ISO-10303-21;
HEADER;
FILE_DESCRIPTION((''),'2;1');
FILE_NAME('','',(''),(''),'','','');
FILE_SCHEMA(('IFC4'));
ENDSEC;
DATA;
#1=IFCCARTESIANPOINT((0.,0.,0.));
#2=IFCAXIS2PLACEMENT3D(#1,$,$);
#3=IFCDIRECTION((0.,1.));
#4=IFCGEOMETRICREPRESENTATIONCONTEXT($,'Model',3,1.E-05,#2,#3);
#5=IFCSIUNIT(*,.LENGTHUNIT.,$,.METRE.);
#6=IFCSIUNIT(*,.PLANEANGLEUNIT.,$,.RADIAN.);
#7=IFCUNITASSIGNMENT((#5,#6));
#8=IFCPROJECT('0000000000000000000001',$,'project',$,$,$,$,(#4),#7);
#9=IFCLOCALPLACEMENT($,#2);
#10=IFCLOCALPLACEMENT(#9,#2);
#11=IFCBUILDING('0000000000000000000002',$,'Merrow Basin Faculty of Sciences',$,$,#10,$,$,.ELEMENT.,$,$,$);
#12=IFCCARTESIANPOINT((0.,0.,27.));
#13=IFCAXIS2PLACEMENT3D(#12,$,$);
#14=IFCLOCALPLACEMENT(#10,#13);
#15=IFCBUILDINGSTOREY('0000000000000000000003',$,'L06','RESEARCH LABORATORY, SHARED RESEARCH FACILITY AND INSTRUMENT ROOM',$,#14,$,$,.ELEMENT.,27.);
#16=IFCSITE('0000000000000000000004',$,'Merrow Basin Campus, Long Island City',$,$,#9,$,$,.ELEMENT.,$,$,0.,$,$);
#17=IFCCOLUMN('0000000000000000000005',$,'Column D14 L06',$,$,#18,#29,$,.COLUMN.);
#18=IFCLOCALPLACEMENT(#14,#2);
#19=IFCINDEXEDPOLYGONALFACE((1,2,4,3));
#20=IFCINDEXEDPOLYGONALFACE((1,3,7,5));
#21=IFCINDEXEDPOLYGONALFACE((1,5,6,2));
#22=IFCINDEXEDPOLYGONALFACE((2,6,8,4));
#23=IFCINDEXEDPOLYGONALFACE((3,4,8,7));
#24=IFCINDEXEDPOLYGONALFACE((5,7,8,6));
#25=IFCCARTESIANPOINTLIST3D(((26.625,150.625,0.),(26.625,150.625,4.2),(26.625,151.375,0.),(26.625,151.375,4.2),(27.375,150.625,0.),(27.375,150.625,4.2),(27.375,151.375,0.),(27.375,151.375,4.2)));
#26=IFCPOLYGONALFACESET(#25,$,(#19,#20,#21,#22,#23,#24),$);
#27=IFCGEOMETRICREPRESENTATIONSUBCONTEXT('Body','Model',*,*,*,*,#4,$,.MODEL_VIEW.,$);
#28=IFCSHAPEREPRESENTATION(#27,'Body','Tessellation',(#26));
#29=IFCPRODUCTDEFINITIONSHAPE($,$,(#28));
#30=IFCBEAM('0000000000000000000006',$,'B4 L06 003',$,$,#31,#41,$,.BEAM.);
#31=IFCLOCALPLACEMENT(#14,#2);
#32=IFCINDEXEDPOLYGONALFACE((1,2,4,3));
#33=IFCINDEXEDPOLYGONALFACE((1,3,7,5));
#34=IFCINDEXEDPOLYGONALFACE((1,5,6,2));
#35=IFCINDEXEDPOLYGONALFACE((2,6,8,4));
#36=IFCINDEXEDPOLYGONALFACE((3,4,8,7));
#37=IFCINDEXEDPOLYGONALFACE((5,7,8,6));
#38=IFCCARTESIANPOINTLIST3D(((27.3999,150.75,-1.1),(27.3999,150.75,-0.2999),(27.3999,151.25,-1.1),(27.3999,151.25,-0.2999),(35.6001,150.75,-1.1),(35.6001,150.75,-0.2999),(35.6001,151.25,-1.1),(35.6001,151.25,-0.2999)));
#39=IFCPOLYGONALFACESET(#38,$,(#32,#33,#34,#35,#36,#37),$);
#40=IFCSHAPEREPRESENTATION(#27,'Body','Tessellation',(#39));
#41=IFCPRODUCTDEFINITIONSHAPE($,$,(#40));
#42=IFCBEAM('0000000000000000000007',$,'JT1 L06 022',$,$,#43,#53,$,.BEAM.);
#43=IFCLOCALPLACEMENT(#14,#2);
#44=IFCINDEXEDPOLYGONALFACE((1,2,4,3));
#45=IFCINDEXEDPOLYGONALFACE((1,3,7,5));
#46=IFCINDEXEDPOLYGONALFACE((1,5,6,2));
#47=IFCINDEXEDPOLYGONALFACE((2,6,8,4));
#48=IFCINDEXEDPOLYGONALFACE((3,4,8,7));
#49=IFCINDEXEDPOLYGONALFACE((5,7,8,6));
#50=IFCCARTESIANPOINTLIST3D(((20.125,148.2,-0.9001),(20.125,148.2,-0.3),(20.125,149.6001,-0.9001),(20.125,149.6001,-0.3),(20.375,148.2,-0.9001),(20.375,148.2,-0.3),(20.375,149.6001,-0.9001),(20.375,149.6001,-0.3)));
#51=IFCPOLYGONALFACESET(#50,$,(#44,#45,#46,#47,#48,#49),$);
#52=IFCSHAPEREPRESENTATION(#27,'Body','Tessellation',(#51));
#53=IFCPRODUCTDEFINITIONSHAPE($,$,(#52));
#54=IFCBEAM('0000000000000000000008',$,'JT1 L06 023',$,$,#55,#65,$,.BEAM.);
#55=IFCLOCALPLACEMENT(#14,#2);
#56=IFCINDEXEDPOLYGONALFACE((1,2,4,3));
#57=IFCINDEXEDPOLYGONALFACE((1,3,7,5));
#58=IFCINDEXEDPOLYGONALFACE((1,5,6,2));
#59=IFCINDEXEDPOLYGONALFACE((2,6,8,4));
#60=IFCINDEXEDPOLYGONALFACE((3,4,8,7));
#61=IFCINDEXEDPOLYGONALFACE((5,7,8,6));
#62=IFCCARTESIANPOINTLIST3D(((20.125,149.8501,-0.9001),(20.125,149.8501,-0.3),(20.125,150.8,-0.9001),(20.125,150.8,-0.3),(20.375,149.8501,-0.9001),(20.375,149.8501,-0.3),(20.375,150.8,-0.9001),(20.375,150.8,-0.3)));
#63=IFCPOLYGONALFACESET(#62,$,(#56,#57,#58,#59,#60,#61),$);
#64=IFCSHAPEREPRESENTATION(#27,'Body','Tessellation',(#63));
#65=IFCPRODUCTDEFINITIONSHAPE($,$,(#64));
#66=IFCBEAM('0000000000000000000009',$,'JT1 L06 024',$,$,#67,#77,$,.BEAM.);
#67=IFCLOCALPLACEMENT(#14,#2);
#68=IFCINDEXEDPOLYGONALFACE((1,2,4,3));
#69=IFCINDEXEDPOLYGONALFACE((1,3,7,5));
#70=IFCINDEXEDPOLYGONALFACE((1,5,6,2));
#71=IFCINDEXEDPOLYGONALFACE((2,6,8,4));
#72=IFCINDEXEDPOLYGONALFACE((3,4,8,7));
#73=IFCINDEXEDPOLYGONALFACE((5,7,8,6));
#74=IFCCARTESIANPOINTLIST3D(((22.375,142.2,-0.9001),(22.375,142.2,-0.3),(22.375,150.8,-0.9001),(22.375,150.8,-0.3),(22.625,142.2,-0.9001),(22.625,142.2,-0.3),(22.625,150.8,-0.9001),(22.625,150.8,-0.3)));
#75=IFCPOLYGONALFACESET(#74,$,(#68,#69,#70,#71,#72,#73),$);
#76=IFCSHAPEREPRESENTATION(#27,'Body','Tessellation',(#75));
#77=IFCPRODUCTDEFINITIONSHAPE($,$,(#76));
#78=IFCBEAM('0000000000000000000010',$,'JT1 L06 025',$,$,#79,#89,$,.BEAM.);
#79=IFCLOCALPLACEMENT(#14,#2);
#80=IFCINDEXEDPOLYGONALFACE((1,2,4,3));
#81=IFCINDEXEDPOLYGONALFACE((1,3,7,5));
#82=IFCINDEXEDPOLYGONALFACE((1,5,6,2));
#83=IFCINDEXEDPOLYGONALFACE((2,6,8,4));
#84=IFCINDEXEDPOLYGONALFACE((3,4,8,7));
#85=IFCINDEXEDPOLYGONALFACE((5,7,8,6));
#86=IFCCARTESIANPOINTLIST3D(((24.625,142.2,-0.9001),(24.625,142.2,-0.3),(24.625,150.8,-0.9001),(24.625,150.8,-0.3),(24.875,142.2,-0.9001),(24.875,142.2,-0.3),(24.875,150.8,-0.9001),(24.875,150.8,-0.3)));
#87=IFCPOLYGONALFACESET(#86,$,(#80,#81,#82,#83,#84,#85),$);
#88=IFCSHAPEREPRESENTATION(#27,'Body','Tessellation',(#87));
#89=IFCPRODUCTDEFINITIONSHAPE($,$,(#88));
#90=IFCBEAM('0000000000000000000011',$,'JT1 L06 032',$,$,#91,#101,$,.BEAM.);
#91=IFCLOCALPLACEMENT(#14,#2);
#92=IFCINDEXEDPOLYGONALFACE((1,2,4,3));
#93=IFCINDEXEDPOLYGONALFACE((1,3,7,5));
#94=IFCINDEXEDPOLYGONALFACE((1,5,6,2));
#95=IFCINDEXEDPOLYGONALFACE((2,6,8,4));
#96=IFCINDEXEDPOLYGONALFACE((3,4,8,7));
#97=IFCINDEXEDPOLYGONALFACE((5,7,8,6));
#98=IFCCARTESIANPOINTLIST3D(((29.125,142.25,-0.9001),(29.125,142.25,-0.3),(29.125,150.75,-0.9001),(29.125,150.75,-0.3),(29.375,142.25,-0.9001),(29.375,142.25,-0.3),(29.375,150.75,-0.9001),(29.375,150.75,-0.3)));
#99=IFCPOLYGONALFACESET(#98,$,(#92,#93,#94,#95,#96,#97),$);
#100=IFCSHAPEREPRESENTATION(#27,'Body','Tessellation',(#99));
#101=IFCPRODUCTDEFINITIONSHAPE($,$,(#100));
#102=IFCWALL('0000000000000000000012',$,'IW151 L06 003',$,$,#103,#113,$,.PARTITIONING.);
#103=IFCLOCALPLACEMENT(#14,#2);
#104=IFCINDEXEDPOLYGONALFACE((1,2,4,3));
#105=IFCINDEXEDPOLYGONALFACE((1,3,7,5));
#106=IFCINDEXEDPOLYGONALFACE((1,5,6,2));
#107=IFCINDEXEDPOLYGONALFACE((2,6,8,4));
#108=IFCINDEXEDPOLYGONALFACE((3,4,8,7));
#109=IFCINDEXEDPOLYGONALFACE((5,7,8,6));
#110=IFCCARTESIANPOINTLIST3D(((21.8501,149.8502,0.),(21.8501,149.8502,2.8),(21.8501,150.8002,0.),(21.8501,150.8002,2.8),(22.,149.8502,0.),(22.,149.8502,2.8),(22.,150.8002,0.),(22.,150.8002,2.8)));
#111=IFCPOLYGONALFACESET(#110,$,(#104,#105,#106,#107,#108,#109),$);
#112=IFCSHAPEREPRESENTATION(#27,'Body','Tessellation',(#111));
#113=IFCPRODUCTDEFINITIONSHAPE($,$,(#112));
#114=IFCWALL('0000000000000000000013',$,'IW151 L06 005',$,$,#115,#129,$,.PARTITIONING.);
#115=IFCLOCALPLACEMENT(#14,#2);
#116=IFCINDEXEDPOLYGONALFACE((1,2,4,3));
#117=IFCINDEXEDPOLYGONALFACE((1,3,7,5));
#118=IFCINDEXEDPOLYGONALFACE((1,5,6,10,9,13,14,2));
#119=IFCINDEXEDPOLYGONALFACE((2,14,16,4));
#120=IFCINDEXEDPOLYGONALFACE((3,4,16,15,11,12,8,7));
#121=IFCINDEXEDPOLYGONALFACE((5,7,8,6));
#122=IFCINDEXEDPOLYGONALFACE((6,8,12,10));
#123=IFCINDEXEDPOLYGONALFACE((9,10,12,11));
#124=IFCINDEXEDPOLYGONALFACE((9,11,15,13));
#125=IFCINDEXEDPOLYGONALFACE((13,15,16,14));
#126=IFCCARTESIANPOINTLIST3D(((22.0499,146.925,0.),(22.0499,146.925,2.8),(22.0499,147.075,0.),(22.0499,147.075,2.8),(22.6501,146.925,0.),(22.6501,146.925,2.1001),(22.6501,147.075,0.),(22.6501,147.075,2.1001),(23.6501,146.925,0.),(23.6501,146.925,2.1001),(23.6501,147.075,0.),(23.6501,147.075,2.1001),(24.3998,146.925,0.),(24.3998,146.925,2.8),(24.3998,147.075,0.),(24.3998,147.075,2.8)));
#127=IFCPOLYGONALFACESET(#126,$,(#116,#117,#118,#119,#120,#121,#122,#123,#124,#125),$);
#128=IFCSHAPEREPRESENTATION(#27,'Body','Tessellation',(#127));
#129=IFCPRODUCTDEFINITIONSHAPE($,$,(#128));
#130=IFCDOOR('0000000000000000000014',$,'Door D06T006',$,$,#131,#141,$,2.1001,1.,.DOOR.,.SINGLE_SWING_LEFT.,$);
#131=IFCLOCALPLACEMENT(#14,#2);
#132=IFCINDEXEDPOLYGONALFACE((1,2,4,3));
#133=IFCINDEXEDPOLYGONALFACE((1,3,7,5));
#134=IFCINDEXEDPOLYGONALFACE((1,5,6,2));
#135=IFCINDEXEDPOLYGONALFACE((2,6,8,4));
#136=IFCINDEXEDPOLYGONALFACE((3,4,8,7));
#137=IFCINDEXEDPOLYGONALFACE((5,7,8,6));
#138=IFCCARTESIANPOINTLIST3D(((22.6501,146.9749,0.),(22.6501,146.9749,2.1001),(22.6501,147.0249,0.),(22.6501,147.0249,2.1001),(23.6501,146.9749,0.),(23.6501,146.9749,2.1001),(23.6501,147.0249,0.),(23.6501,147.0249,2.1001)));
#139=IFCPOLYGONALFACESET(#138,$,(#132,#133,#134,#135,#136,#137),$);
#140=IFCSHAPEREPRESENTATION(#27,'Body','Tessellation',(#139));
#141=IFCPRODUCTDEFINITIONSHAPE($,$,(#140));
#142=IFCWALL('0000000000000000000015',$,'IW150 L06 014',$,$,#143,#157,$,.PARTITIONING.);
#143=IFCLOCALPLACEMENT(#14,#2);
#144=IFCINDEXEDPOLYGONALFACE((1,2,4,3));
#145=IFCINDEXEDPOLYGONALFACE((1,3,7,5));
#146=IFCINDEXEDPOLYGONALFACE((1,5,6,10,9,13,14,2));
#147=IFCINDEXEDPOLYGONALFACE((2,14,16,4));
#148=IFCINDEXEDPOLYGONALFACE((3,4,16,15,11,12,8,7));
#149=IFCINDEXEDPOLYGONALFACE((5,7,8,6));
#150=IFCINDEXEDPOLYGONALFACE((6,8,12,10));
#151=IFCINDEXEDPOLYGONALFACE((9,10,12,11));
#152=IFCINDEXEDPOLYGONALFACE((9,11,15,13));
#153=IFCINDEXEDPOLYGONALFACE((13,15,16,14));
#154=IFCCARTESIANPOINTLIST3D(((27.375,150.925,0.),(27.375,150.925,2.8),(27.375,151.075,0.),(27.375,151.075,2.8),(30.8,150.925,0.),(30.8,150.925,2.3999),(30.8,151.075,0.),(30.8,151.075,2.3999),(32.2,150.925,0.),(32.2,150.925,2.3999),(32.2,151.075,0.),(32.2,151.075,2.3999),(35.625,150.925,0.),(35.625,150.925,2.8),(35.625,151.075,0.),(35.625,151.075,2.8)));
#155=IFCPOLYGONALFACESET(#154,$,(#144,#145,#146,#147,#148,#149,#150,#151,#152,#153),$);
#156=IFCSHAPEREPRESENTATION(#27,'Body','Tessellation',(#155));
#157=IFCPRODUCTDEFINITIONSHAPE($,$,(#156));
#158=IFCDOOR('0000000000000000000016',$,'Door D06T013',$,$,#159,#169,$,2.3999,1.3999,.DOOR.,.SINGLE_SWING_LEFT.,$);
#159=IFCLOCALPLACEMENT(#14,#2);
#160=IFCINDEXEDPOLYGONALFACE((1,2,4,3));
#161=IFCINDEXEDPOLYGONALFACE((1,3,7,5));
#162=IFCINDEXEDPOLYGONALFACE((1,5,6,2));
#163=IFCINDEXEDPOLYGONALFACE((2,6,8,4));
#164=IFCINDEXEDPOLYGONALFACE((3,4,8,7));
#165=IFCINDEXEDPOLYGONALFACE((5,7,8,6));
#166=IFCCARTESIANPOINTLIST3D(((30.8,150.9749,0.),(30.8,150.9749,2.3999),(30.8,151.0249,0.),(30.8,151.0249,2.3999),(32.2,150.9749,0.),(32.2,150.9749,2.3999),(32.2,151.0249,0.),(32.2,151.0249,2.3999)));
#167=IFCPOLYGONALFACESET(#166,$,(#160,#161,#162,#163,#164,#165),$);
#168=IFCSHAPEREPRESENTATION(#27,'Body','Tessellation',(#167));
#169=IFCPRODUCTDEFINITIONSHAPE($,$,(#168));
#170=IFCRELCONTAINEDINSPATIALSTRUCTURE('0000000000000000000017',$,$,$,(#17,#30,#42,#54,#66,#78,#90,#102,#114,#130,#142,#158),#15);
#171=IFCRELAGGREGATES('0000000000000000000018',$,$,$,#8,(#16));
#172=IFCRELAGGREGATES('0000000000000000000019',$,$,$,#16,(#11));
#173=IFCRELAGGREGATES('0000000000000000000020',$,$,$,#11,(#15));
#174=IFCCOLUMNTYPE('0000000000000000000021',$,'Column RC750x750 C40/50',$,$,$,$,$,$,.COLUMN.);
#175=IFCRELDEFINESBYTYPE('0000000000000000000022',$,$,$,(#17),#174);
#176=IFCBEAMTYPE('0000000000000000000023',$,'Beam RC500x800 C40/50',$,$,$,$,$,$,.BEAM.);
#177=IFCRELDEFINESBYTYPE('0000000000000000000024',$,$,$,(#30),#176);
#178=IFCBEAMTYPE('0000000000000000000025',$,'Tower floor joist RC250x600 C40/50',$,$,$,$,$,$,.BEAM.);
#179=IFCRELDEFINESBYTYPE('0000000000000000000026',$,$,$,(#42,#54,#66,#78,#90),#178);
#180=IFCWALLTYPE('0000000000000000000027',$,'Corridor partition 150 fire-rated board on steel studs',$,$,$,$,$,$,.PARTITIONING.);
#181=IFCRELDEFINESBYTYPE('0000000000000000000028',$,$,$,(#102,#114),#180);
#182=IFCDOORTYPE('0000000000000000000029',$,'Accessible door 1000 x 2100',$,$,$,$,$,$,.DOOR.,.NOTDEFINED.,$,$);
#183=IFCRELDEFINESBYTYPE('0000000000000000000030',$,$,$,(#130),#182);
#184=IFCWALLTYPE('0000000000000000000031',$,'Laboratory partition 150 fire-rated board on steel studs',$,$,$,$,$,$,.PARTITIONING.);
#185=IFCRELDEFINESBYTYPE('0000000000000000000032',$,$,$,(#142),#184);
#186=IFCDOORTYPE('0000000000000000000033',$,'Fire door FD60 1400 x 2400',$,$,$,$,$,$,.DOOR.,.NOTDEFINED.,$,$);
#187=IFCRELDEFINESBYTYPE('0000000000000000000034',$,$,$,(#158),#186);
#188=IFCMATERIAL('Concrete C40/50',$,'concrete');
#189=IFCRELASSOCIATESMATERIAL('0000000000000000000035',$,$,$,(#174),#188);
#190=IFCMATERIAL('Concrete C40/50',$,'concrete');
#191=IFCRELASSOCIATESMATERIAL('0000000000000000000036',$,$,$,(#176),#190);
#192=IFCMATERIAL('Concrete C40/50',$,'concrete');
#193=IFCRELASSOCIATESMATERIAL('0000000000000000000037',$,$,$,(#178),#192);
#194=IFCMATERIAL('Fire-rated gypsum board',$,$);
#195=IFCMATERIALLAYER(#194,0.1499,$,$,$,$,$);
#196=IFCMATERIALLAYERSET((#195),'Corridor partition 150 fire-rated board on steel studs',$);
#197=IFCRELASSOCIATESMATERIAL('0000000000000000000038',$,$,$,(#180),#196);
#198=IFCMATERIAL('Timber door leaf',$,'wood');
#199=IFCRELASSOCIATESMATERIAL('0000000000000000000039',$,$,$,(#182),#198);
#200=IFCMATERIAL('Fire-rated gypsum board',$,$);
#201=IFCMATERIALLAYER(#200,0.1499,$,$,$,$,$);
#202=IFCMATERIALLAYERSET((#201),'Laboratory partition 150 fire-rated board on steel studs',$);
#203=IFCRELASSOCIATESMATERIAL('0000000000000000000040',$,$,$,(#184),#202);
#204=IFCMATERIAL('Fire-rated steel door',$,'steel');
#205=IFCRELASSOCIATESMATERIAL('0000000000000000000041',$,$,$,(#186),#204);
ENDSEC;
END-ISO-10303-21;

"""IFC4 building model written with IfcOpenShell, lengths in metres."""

from ifc_helpers import new_model, si_unit, direction, frame, frame_2d, origin, origin_2d, place, context, subcontext, project, spatial, rectangle, extrude, material, layer, layer_set, material_profile, profile_set, type_object, element, fill, save


model = new_model("IFC4")

# Units and contexts
model_context = context("Model", 3, precision=1e-05, world=origin(), true_north=direction((0.0, 1.0)))
body_context = subcontext(model_context, "Body", "Model", "MODEL_VIEW")
ifc_project = project(units=[si_unit("LENGTHUNIT", "METRE"), si_unit("PLANEANGLEUNIT", "RADIAN")], contexts=[model_context])

# Site, building, storey
site_placement = place(None, origin())
site = spatial("IfcSite", under=ifc_project, at=site_placement, Name="Merrow Basin Campus, Long Island City", CompositionType="ELEMENT", RefElevation=0.0)
building_placement = place(site_placement, origin())
building = spatial("IfcBuilding", under=site, at=building_placement, Name="Merrow Basin Faculty of Sciences", CompositionType="ELEMENT")
storey_placement = place(building_placement, frame((0.0, 0.0, 27.0)))
storey = spatial("IfcBuildingStorey", under=building, at=storey_placement, Name="L06", Description="RESEARCH LABORATORY, SHARED RESEARCH FACILITY AND INSTRUMENT ROOM", CompositionType="ELEMENT", Elevation=27.0)

# Column
ifc_material_1 = material(Name="Concrete C40/50", Category="concrete")
ifc_material_profile_1 = material_profile(ifc_material_1, rectangle(XDim=0.75, YDim=0.75, at=origin_2d()))
ifc_profile_set_1 = profile_set([ifc_material_profile_1], Name="Concrete C40/50")
column_type = type_object("IfcColumnType", Name="Column RC750x750 C40/50", PredefinedType="COLUMN", material=ifc_profile_set_1)
column_placement = place(storey_placement, frame((27.0, 151.0, 0.0), z_axis=(0.0, 0.0, 1.0), x_axis=(1.0, 0.0, 0.0)))
element("IfcColumn", 1, at=column_placement, inside=storey, type_object=column_type, Name="Column D14 L06", PredefinedType="COLUMN", context=body_context, shape_type="SweptSolid", body=[
    extrude(rectangle(XDim=0.75, YDim=0.75, at=origin_2d()), origin(), (0.0, 0.0, 1.0), 4.2),
])

# Beams
ifc_material_2 = material(Name="Concrete C40/50", Category="concrete")
ifc_material_profile_2 = material_profile(ifc_material_2, rectangle(XDim=0.5, YDim=0.8, at=origin_2d()))
ifc_profile_set_2 = profile_set([ifc_material_profile_2], Name="Concrete C40/50")
beam_type_1 = type_object("IfcBeamType", Name="Beam RC500x800 C40/50", PredefinedType="BEAM", material=ifc_profile_set_2)
beam_1_placement = place(storey_placement, frame((27.3999, 151.0, -0.7), z_axis=(1.0, 0.0, 0.0), x_axis=(0.0, 1.0, 0.0)))
element("IfcBeam", 2, at=beam_1_placement, inside=storey, type_object=beam_type_1, Name="B4 L06 003", PredefinedType="BEAM", context=body_context, shape_type="SweptSolid", body=[
    extrude(rectangle(XDim=0.5, YDim=0.8, at=origin_2d()), origin(), (0.0, 0.0, 1.0), 8.2002),
])
ifc_material_3 = material(Name="Concrete C40/50", Category="concrete")
ifc_material_profile_3 = material_profile(ifc_material_3, rectangle(XDim=0.25, YDim=0.6001, at=origin_2d()))
ifc_profile_set_3 = profile_set([ifc_material_profile_3], Name="Concrete C40/50")
beam_type_2 = type_object("IfcBeamType", Name="Tower floor joist RC250x600 C40/50", PredefinedType="BEAM", material=ifc_profile_set_3)
beam_2_placement = place(storey_placement, frame((20.25, 148.2, -0.6001), z_axis=(0.0, 1.0, 0.0), x_axis=(-1.0, 0.0, 0.0)))
element("IfcBeam", 3, at=beam_2_placement, inside=storey, type_object=beam_type_2, Name="JT1 L06 022", PredefinedType="BEAM", context=body_context, shape_type="SweptSolid", body=[
    extrude(rectangle(XDim=0.25, YDim=0.6001, at=origin_2d()), origin(), (0.0, 0.0, 1.0), 1.4001),
])
beam_3_placement = place(storey_placement, frame((20.25, 149.8501, -0.6001), z_axis=(0.0, 1.0, 0.0), x_axis=(-1.0, 0.0, 0.0)))
element("IfcBeam", 4, at=beam_3_placement, inside=storey, type_object=beam_type_2, Name="JT1 L06 023", PredefinedType="BEAM", context=body_context, shape_type="SweptSolid", body=[
    extrude(rectangle(XDim=0.25, YDim=0.6001, at=origin_2d()), origin(), (0.0, 0.0, 1.0), 0.95),
])
for number, where, z_axis, x_axis, name in (
    (5, (22.5, 142.2, -0.6001), (0.0, 1.0, 0.0), (-1.0, 0.0, 0.0), "JT1 L06 024"),
    (6, (24.75, 142.2, -0.6001), (0.0, 1.0, 0.0), (-1.0, 0.0, 0.0), "JT1 L06 025"),
):
    element("IfcBeam", number, at=place(storey_placement, frame(where, z_axis=z_axis, x_axis=x_axis)), inside=storey, type_object=beam_type_2, Name=name, PredefinedType="BEAM", context=body_context, shape_type="SweptSolid", body=[
        extrude(rectangle(XDim=0.25, YDim=0.6001, at=origin_2d()), origin(), (0.0, 0.0, 1.0), 8.6001),
    ])
beam_4_placement = place(storey_placement, frame((29.25, 142.25, -0.6001), z_axis=(0.0, 1.0, 0.0), x_axis=(-1.0, 0.0, 0.0)))
element("IfcBeam", 7, at=beam_4_placement, inside=storey, type_object=beam_type_2, Name="JT1 L06 032", PredefinedType="BEAM", context=body_context, shape_type="SweptSolid", body=[
    extrude(rectangle(XDim=0.25, YDim=0.6001, at=origin_2d()), origin(), (0.0, 0.0, 1.0), 8.5),
])

# Wall
ifc_material_4 = material(Name="Fire-rated gypsum board")
ifc_layer_1 = layer(ifc_material_4, 0.1499)
ifc_layer_set_1 = layer_set([ifc_layer_1], Name="Corridor partition 150 fire-rated board on steel studs")
wall_type_1 = type_object("IfcWallType", Name="Corridor partition 150 fire-rated board on steel studs", PredefinedType="PARTITIONING", material=ifc_layer_set_1)
wall_1_placement = place(storey_placement, frame((21.925, 149.8501, 0.0), z_axis=(0.0, 0.0, 1.0), x_axis=(0.0, 1.0, 0.0)))
element("IfcWall", 8, at=wall_1_placement, inside=storey, type_object=wall_type_1, Name="IW151 L06 003", PredefinedType="PARTITIONING", context=body_context, shape_type="SweptSolid", body=[
    extrude(rectangle(XDim=0.95, YDim=0.1499, at=frame_2d((0.4751, 0.0))), origin(), (0.0, 0.0, 1.0), 2.8),
])

# Walls, openings, doors
wall_2_placement = place(storey_placement, frame((22.05, 147.0, 0.0), z_axis=(0.0, 0.0, 1.0), x_axis=(1.0, 0.0, 0.0)))
wall_2 = element("IfcWall", 9, at=wall_2_placement, inside=storey, type_object=wall_type_1, Name="IW151 L06 005", PredefinedType="PARTITIONING", context=body_context, shape_type="SweptSolid", body=[
    extrude(rectangle(XDim=2.3499, YDim=0.1499, at=frame_2d((1.1748, 0.0))), origin(), (0.0, 0.0, 1.0), 2.8),
])
opening_1_placement = place(wall_2_placement, frame((0.6001, 0.0, 0.0)))
opening_1 = element("IfcOpeningElement", 10, at=opening_1_placement, cuts=wall_2, PredefinedType="OPENING", context=body_context, shape_type="SweptSolid", body=[
    extrude(rectangle(XDim=1.0, YDim=2.1001, at=frame_2d((0.5, 1.05))), frame((0.0, 0.085, 0.0), z_axis=(0.0, -1.0, 0.0), x_axis=(1.0, 0.0, 0.0)), (0.0, 0.0, 1.0), 0.1699),
])
ifc_material_5 = material(Name="Timber door leaf", Category="wood")
door_type_1 = type_object("IfcDoorType", Name="Accessible door 1000 x 2100", OperationType="NOTDEFINED", PredefinedType="DOOR", material=ifc_material_5)
door_1_placement = place(opening_1_placement, origin())
door_1 = element("IfcDoor", 11, at=door_1_placement, inside=storey, type_object=door_type_1, Name="Door D06T006", OperationType="SINGLE_SWING_LEFT", OverallHeight=2.1001, OverallWidth=1.0, PredefinedType="DOOR", context=body_context, shape_type="SweptSolid", body=[
    extrude(rectangle(XDim=1.0, YDim=2.1001, at=frame_2d((0.5, 1.05))), frame((0.0, 0.0249, 0.0), z_axis=(0.0, -1.0, 0.0), x_axis=(1.0, 0.0, 0.0)), (0.0, 0.0, 1.0), 0.05),
])
fill(opening_1, door_1)
ifc_material_6 = material(Name="Fire-rated gypsum board")
ifc_layer_2 = layer(ifc_material_6, 0.1499)
ifc_layer_set_2 = layer_set([ifc_layer_2], Name="Laboratory partition 150 fire-rated board on steel studs")
wall_type_2 = type_object("IfcWallType", Name="Laboratory partition 150 fire-rated board on steel studs", PredefinedType="PARTITIONING", material=ifc_layer_set_2)
wall_3_placement = place(storey_placement, frame((27.375, 151.0, 0.0), z_axis=(0.0, 0.0, 1.0), x_axis=(1.0, 0.0, 0.0)))
wall_3 = element("IfcWall", 12, at=wall_3_placement, inside=storey, type_object=wall_type_2, Name="IW150 L06 014", PredefinedType="PARTITIONING", context=body_context, shape_type="SweptSolid", body=[
    extrude(rectangle(XDim=8.25, YDim=0.1499, at=frame_2d((4.125, 0.0))), origin(), (0.0, 0.0, 1.0), 2.8),
])
opening_2_placement = place(wall_3_placement, frame((3.425, 0.0, 0.0)))
opening_2 = element("IfcOpeningElement", 13, at=opening_2_placement, cuts=wall_3, PredefinedType="OPENING", context=body_context, shape_type="SweptSolid", body=[
    extrude(rectangle(XDim=1.3999, YDim=2.3999, at=frame_2d((0.7, 1.2))), frame((0.0, 0.085, 0.0), z_axis=(0.0, -1.0, 0.0), x_axis=(1.0, 0.0, 0.0)), (0.0, 0.0, 1.0), 0.1699),
])
ifc_material_7 = material(Name="Fire-rated steel door", Category="steel")
door_type_2 = type_object("IfcDoorType", Name="Fire door FD60 1400 x 2400", OperationType="NOTDEFINED", PredefinedType="DOOR", material=ifc_material_7)
door_2_placement = place(opening_2_placement, origin())
door_2 = element("IfcDoor", 14, at=door_2_placement, inside=storey, type_object=door_type_2, Name="Door D06T013", OperationType="SINGLE_SWING_LEFT", OverallHeight=2.3999, OverallWidth=1.3999, PredefinedType="DOOR", context=body_context, shape_type="SweptSolid", body=[
    extrude(rectangle(XDim=1.3999, YDim=2.3999, at=frame_2d((0.7, 1.2))), frame((0.0, 0.0249, 0.0), z_axis=(0.0, -1.0, 0.0), x_axis=(1.0, 0.0, 0.0)), (0.0, 0.0, 1.0), 0.05),
])
fill(opening_2, door_2)

save(model, "model.ifc")
